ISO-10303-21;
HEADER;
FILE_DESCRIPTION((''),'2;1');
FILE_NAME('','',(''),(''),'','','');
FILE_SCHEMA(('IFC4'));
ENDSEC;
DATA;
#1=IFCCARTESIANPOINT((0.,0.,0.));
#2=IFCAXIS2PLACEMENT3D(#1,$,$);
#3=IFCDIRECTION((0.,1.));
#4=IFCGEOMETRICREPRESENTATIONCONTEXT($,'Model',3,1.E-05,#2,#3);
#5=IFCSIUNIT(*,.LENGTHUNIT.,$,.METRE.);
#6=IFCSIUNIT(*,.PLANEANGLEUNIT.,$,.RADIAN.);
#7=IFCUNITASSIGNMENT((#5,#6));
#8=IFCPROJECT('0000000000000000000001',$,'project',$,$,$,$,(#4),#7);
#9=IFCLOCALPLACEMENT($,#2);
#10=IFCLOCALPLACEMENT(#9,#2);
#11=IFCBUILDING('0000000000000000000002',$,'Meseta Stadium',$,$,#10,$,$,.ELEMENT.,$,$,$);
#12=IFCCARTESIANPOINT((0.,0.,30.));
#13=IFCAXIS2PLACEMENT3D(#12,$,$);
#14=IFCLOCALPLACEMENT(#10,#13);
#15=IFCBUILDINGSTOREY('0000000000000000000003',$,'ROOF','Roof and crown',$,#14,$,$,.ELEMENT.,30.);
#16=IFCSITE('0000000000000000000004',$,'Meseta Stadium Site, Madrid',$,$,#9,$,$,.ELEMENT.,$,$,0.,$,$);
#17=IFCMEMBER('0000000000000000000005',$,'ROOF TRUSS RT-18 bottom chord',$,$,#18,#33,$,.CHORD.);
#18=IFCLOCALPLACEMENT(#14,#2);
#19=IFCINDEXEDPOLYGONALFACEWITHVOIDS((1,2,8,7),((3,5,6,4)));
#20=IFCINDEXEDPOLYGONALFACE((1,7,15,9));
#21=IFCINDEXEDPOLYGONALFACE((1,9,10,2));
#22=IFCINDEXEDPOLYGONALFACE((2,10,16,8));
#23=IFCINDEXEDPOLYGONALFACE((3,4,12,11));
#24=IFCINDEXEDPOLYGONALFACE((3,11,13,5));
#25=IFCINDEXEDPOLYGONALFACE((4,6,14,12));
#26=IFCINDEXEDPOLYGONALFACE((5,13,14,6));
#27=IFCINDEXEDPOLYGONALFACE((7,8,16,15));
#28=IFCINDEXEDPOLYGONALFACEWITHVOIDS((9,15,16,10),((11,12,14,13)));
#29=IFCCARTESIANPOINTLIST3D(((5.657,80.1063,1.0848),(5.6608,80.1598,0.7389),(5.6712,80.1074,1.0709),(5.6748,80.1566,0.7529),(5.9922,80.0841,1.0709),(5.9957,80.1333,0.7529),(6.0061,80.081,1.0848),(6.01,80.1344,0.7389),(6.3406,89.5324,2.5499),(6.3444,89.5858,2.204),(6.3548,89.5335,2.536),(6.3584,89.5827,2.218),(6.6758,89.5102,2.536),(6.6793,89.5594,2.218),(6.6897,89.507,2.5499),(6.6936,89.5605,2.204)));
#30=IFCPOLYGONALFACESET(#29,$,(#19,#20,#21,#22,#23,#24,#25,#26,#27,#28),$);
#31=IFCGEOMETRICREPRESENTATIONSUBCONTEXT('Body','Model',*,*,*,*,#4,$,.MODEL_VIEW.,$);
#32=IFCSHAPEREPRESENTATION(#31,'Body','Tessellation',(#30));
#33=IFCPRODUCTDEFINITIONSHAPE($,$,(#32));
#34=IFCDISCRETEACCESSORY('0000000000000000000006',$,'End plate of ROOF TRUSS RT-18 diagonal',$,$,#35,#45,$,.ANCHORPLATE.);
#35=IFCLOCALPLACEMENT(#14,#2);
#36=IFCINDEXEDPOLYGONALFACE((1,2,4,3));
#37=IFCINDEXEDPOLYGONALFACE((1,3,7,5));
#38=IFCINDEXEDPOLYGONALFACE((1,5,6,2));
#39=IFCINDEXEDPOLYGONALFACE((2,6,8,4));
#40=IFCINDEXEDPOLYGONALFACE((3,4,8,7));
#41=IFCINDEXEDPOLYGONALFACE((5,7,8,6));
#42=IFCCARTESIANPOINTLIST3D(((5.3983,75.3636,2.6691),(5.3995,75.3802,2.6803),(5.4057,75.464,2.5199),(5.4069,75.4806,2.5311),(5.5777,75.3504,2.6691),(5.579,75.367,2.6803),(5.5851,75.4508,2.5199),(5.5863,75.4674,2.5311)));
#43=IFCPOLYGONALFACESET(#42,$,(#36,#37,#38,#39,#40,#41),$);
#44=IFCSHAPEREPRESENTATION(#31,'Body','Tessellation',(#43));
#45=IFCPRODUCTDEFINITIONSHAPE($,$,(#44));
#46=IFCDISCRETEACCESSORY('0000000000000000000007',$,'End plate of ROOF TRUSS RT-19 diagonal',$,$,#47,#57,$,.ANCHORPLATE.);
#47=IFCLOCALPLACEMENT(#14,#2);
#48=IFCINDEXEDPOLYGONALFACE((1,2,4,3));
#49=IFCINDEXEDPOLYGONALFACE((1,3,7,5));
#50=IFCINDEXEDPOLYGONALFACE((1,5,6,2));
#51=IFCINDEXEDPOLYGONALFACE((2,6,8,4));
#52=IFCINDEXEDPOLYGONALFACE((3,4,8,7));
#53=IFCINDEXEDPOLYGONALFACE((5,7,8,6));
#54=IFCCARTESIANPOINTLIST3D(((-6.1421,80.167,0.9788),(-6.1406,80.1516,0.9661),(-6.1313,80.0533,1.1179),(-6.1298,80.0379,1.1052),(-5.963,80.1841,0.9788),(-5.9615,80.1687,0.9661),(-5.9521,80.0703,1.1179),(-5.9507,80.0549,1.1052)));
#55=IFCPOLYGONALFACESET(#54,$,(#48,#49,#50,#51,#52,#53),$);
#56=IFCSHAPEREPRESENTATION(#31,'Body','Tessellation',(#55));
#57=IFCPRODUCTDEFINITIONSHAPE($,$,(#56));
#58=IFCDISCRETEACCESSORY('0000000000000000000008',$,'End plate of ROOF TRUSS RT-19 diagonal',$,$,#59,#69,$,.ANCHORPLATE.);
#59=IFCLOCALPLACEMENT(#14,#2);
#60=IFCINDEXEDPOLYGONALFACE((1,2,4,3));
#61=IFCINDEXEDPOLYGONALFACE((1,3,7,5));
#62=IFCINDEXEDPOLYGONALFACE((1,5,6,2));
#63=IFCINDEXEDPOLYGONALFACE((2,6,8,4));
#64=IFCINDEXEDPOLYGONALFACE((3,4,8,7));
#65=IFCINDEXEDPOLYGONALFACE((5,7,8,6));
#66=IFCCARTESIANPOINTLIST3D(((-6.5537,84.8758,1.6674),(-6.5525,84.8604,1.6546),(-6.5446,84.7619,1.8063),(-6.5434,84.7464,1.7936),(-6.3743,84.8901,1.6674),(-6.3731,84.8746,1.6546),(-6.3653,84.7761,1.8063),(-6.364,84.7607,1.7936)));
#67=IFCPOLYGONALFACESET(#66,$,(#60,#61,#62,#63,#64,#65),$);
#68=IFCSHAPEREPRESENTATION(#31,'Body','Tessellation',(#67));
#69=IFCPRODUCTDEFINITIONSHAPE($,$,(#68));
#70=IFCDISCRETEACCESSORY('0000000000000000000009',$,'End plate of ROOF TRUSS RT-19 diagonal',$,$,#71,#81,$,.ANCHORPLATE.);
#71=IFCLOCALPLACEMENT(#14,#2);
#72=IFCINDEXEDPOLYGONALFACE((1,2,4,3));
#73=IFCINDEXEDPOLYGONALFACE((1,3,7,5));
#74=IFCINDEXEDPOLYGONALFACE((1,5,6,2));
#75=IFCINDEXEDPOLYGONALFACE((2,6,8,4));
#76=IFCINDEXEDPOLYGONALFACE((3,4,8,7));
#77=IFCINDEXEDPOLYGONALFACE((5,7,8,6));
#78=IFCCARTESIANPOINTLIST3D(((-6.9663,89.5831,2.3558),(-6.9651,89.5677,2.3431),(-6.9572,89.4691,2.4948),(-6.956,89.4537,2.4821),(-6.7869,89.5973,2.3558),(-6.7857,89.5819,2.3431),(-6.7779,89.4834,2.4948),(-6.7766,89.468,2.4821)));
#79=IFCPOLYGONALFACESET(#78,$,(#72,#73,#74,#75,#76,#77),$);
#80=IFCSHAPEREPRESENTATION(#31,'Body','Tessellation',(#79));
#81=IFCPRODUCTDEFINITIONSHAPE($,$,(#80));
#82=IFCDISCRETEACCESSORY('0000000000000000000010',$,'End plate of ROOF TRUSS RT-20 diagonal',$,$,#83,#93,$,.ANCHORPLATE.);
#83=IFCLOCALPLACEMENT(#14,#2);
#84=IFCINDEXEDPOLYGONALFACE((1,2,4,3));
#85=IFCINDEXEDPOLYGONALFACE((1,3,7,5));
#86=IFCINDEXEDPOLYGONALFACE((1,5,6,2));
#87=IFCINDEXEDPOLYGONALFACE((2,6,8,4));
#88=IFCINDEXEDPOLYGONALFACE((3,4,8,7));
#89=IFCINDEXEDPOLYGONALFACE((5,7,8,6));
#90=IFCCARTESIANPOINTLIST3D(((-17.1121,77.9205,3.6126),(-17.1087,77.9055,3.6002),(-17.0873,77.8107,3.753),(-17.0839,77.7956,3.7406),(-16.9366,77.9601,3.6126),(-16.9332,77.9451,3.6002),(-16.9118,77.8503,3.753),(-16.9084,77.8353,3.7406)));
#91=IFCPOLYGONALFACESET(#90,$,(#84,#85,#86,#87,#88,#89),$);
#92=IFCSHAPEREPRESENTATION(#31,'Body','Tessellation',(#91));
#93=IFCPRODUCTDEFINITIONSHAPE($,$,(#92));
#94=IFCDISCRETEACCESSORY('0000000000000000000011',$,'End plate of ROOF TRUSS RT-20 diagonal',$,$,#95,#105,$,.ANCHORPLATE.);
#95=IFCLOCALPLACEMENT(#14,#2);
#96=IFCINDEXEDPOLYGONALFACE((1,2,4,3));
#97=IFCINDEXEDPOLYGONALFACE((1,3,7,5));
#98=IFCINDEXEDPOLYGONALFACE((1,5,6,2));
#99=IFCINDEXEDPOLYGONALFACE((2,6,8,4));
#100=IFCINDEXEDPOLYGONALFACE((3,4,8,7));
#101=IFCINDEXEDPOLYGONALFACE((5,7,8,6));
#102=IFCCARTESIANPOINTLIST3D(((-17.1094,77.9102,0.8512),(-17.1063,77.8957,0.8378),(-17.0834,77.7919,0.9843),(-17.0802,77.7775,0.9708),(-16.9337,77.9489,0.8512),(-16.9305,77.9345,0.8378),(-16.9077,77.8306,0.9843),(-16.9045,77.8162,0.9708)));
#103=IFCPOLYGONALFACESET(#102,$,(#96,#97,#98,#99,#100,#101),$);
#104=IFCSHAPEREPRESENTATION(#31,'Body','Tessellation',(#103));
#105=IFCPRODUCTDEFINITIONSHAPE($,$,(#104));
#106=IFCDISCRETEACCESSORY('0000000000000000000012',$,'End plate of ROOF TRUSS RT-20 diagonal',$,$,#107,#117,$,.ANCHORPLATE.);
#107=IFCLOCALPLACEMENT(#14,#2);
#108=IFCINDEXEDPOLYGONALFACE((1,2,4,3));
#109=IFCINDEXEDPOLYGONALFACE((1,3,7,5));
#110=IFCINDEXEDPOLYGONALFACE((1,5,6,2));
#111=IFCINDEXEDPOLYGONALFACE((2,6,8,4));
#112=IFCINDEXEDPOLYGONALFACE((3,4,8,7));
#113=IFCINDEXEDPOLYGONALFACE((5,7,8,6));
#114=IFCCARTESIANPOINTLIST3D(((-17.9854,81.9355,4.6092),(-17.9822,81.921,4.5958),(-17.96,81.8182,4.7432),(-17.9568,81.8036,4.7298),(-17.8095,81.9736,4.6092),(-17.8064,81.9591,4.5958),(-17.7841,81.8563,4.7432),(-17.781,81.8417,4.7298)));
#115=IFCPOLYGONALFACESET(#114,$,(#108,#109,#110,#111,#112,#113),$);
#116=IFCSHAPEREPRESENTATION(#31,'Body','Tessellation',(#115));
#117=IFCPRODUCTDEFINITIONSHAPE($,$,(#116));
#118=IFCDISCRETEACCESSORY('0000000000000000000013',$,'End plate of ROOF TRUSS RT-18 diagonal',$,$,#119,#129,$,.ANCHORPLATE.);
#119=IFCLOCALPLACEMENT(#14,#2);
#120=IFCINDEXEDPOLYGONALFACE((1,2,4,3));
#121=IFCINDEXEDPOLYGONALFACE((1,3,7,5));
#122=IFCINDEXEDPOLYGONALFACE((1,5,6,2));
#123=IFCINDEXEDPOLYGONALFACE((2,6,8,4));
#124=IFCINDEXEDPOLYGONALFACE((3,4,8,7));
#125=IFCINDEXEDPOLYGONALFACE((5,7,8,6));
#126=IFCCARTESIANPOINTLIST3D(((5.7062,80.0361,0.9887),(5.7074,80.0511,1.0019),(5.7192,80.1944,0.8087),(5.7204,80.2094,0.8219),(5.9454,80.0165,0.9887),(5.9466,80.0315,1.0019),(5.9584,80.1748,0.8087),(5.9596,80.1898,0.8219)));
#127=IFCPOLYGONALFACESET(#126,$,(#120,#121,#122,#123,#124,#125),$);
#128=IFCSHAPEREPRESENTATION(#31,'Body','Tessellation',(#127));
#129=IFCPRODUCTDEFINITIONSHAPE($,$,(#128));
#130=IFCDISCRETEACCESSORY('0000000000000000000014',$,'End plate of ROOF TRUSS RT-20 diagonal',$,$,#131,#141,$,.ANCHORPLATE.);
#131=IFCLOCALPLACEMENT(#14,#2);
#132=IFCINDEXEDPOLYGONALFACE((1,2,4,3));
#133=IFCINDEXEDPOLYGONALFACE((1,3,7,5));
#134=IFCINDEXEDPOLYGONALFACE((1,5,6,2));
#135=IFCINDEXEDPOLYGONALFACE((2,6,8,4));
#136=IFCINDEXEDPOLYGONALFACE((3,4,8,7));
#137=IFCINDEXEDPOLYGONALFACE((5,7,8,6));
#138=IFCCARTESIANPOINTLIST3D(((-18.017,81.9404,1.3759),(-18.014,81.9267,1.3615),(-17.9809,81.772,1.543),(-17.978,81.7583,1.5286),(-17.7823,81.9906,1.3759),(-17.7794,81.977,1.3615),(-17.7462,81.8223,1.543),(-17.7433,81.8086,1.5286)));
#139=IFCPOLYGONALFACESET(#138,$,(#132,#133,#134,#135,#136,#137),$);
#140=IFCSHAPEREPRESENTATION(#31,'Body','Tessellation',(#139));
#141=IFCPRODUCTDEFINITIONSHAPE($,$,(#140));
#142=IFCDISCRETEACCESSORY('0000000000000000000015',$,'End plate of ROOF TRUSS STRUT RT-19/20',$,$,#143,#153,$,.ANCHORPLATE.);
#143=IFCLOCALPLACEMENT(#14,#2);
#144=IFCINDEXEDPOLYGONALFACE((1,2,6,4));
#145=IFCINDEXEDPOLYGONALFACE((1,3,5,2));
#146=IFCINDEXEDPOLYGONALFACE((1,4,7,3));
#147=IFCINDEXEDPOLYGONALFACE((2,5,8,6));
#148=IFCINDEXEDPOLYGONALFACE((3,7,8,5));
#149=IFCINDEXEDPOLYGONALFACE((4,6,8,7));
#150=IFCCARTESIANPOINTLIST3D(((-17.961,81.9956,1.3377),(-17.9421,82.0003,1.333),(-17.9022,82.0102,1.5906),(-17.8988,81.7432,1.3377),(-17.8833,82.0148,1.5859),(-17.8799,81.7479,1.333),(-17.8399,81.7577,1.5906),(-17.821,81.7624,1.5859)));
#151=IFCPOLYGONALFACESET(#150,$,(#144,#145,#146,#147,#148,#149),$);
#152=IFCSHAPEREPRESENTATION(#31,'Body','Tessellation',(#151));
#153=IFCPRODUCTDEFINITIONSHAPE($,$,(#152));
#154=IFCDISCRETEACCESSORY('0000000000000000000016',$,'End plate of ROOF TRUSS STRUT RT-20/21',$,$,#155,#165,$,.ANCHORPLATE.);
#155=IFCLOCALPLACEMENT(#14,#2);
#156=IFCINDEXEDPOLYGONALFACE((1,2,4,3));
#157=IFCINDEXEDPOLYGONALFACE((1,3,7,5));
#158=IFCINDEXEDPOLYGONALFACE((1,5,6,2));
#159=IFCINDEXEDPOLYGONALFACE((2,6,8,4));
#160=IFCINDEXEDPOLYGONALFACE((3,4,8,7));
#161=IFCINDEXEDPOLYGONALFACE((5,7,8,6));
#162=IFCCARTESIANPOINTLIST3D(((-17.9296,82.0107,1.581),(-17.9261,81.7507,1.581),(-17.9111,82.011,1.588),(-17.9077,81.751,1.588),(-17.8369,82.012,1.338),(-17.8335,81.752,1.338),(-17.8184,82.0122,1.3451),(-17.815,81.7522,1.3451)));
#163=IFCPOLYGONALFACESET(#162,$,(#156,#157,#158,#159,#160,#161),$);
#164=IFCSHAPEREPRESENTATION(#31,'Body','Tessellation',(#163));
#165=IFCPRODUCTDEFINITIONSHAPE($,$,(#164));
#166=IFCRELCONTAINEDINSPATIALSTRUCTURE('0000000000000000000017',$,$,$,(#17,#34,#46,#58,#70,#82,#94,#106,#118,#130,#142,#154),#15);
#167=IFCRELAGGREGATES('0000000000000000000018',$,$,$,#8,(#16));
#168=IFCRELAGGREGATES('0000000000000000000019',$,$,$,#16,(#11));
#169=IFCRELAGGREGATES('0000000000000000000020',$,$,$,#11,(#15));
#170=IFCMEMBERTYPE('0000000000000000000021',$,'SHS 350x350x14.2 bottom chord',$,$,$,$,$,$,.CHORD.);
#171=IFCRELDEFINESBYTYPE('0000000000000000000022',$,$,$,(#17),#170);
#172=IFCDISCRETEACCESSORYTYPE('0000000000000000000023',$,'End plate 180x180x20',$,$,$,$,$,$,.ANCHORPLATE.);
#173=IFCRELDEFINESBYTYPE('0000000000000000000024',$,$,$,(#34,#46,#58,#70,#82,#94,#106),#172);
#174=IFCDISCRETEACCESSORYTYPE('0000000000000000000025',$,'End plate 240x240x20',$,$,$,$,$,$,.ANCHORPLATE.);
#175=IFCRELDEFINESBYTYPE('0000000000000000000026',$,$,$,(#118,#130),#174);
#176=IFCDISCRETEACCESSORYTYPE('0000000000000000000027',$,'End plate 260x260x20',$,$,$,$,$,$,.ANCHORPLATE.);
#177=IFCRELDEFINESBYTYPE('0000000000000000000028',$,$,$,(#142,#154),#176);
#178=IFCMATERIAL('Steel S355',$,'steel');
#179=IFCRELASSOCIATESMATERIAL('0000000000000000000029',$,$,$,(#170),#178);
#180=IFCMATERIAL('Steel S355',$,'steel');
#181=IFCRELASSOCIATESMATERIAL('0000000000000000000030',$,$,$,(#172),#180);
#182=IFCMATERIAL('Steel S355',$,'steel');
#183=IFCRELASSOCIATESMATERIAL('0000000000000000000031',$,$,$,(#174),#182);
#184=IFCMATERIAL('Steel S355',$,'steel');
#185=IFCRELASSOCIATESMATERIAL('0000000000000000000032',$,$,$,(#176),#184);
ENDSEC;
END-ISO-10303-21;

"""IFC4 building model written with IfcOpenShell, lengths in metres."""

from ifc_helpers import new_model, si_unit, direction, frame, origin, origin_2d, place, context, subcontext, project, spatial, rectangle, hollow_rectangle, extrude, material, material_profile, profile_set, type_object, element, save


model = new_model("IFC4")

# Units and contexts
model_context = context("Model", 3, precision=1e-05, world=origin(), true_north=direction((0.0, 1.0)))
body_context = subcontext(model_context, "Body", "Model", "MODEL_VIEW")
ifc_project = project(units=[si_unit("LENGTHUNIT", "METRE"), si_unit("PLANEANGLEUNIT", "RADIAN")], contexts=[model_context])

# Site, building, storey
site_placement = place(None, origin())
site = spatial("IfcSite", under=ifc_project, at=site_placement, Name="Meseta Stadium Site, Madrid", CompositionType="ELEMENT", RefElevation=0.0)
building_placement = place(site_placement, origin())
building = spatial("IfcBuilding", under=site, at=building_placement, Name="Meseta Stadium", CompositionType="ELEMENT")
storey_placement = place(building_placement, frame((0.0, 0.0, 30.0)))
storey = spatial("IfcBuildingStorey", under=building, at=storey_placement, Name="ROOF", Description="Roof and crown", CompositionType="ELEMENT", Elevation=30.0)

# Member
ifc_material_1 = material(Name="Steel S355", Category="steel")
ifc_material_profile_1 = material_profile(ifc_material_1, hollow_rectangle(XDim=0.3501, YDim=0.3501, WallThickness=0.0142, at=origin_2d()), Name="SHS 350x350x14.2")
ifc_profile_set_1 = profile_set([ifc_material_profile_1], Name="Steel S355")
member_type_1 = type_object("IfcMemberType", Name="SHS 350x350x14.2 bottom chord", PredefinedType="CHORD", material=ifc_profile_set_1)
member_1_placement = place(storey_placement, frame((5.8335, 80.1204, 0.9119), z_axis=(0.071478, 0.985608, 0.153193), x_axis=(-0.997381, 0.072332, 0.0)))
element("IfcMember", 1, at=member_1_placement, inside=storey, type_object=member_type_1, Name="ROOF TRUSS RT-18 bottom chord", PredefinedType="CHORD", context=body_context, shape_type="SweptSolid", body=[
    extrude(hollow_rectangle(XDim=0.3501, YDim=0.3501, WallThickness=0.0142, at=origin_2d()), origin(), (0.0, 0.0, 1.0), 9.5637),
])

# Discrete accessories
ifc_material_2 = material(Name="Steel S355", Category="steel")
ifc_material_profile_2 = material_profile(ifc_material_2, rectangle(XDim=0.1799, YDim=0.1799, at=origin_2d()), Name="PL 180x180")
ifc_profile_set_2 = profile_set([ifc_material_profile_2], Name="Steel S355")
discrete_accessory_type_1 = type_object("IfcDiscreteAccessoryType", Name="End plate 180x180x20", PredefinedType="ANCHORPLATE", material=ifc_profile_set_2)
for number, where, z_axis, x_axis, name in (
    (2, (5.4917, 75.4072, 2.5945), (0.060791, 0.826752, 0.559273), (-0.997308, 0.073331, 0.0), "End plate of ROOF TRUSS RT-18 diagonal"),
    (3, (-6.0457, 80.1033, 1.0356), (-0.073252, 0.769151, 0.634855), (-0.995495, -0.094809, 0.0), "End plate of ROOF TRUSS RT-19 diagonal"),
    (4, (-6.4583, 84.8105, 1.7241), (-0.061094, 0.769782, 0.635376), (-0.996865, -0.079116, 0.0), "End plate of ROOF TRUSS RT-19 diagonal"),
    (5, (-6.8708, 89.5178, 2.4126), (-0.061094, 0.769782, 0.635376), (-0.996865, -0.079116, 0.0), "End plate of ROOF TRUSS RT-19 diagonal"),
):
    element("IfcDiscreteAccessory", number, at=place(storey_placement, frame(where, z_axis=z_axis, x_axis=x_axis)), inside=storey, type_object=discrete_accessory_type_1, Name=name, PredefinedType="ANCHORPLATE", context=body_context, shape_type="SweptSolid", body=[
        extrude(rectangle(XDim=0.1799, YDim=0.1799, at=origin_2d()), origin(), (0.0, 0.0, 1.0), 0.02),
    ])
discrete_accessory_1_placement = place(storey_placement, frame((-17.0085, 77.8704, 3.6704), z_axis=(-0.171795, 0.760808, 0.625826), x_axis=(-0.975441, -0.220261, 0.0)))
element("IfcDiscreteAccessory", 6, at=discrete_accessory_1_placement, inside=storey, type_object=discrete_accessory_type_1, Name="End plate of ROOF TRUSS RT-20 diagonal", PredefinedType="ANCHORPLATE", context=body_context, shape_type="SweptSolid", body=[
    extrude(rectangle(XDim=0.1799, YDim=0.1799, at=origin_2d()), origin(), (0.0, 0.0, 1.0), 0.0198),
])
for number, where, z_axis, x_axis, name in (
    (7, (-17.0054, 77.856, 0.9043), (-0.159117, 0.722148, 0.673189), (-0.976575, -0.215178, 0.0), "End plate of ROOF TRUSS RT-20 diagonal"),
    (8, (-17.8816, 81.8813, 4.6628), (-0.157718, 0.727928, 0.667267), (-0.977323, -0.211753, 0.0), "End plate of ROOF TRUSS RT-20 diagonal"),
):
    element("IfcDiscreteAccessory", number, at=place(storey_placement, frame(where, z_axis=z_axis, x_axis=x_axis)), inside=storey, type_object=discrete_accessory_type_1, Name=name, PredefinedType="ANCHORPLATE", context=body_context, shape_type="SweptSolid", body=[
        extrude(rectangle(XDim=0.1799, YDim=0.1799, at=origin_2d()), origin(), (0.0, 0.0, 1.0), 0.02),
    ])
ifc_material_3 = material(Name="Steel S355", Category="steel")
ifc_material_profile_3 = material_profile(ifc_material_3, rectangle(XDim=0.24, YDim=0.24, at=origin_2d()), Name="PL 240x240")
ifc_profile_set_3 = profile_set([ifc_material_profile_3], Name="Steel S355")
discrete_accessory_type_2 = type_object("IfcDiscreteAccessoryType", Name="End plate 240x240x20", PredefinedType="ANCHORPLATE", material=ifc_profile_set_3)
for number, where, z_axis, x_axis, name in (
    (9, (5.8323, 80.1055, 0.8987), (0.061259, 0.747356, 0.661594), (-0.996658, 0.081693, 0.0), "End plate of ROOF TRUSS RT-18 diagonal"),
    (10, (-17.8787, 81.8677, 1.4451), (-0.14594, 0.681056, 0.717541), (-0.977802, -0.209529, 0.0), "End plate of ROOF TRUSS RT-20 diagonal"),
):
    element("IfcDiscreteAccessory", number, at=place(storey_placement, frame(where, z_axis=z_axis, x_axis=x_axis)), inside=storey, type_object=discrete_accessory_type_2, Name=name, PredefinedType="ANCHORPLATE", context=body_context, shape_type="SweptSolid", body=[
        extrude(rectangle(XDim=0.24, YDim=0.24, at=origin_2d()), origin(), (0.0, 0.0, 1.0), 0.02),
    ])
ifc_material_4 = material(Name="Steel S355", Category="steel")
ifc_material_profile_4 = material_profile(ifc_material_4, rectangle(XDim=0.26, YDim=0.26, at=origin_2d()), Name="PL 260x260")
ifc_profile_set_4 = profile_set([ifc_material_profile_4], Name="Steel S355")
discrete_accessory_type_3 = type_object("IfcDiscreteAccessoryType", Name="End plate 260x260x20", PredefinedType="ANCHORPLATE", material=ifc_profile_set_4)
discrete_accessory_2_placement = place(storey_placement, frame((-17.8816, 81.8813, 1.4595), z_axis=(-0.944164, -0.232975, 0.232975), x_axis=(0.239568, -0.97088, 0.0)))
element("IfcDiscreteAccessory", 11, at=discrete_accessory_2_placement, inside=storey, type_object=discrete_accessory_type_3, Name="End plate of ROOF TRUSS STRUT RT-19/20", PredefinedType="ANCHORPLATE", context=body_context, shape_type="SweptSolid", body=[
    extrude(rectangle(XDim=0.26, YDim=0.26, at=origin_2d()), origin(), (0.0, 0.0, 1.0), 0.02),
])
discrete_accessory_3_placement = place(storey_placement, frame((-17.863, 81.8816, 1.4666), z_axis=(-0.934222, -0.012292, -0.35648), x_axis=(0.013157, -0.999913, 0.0)))
element("IfcDiscreteAccessory", 12, at=discrete_accessory_3_placement, inside=storey, type_object=discrete_accessory_type_3, Name="End plate of ROOF TRUSS STRUT RT-20/21", PredefinedType="ANCHORPLATE", context=body_context, shape_type="SweptSolid", body=[
    extrude(rectangle(XDim=0.26, YDim=0.26, at=origin_2d()), origin(), (0.0, 0.0, 1.0), 0.0198),
])

save(model, "model.ifc")
